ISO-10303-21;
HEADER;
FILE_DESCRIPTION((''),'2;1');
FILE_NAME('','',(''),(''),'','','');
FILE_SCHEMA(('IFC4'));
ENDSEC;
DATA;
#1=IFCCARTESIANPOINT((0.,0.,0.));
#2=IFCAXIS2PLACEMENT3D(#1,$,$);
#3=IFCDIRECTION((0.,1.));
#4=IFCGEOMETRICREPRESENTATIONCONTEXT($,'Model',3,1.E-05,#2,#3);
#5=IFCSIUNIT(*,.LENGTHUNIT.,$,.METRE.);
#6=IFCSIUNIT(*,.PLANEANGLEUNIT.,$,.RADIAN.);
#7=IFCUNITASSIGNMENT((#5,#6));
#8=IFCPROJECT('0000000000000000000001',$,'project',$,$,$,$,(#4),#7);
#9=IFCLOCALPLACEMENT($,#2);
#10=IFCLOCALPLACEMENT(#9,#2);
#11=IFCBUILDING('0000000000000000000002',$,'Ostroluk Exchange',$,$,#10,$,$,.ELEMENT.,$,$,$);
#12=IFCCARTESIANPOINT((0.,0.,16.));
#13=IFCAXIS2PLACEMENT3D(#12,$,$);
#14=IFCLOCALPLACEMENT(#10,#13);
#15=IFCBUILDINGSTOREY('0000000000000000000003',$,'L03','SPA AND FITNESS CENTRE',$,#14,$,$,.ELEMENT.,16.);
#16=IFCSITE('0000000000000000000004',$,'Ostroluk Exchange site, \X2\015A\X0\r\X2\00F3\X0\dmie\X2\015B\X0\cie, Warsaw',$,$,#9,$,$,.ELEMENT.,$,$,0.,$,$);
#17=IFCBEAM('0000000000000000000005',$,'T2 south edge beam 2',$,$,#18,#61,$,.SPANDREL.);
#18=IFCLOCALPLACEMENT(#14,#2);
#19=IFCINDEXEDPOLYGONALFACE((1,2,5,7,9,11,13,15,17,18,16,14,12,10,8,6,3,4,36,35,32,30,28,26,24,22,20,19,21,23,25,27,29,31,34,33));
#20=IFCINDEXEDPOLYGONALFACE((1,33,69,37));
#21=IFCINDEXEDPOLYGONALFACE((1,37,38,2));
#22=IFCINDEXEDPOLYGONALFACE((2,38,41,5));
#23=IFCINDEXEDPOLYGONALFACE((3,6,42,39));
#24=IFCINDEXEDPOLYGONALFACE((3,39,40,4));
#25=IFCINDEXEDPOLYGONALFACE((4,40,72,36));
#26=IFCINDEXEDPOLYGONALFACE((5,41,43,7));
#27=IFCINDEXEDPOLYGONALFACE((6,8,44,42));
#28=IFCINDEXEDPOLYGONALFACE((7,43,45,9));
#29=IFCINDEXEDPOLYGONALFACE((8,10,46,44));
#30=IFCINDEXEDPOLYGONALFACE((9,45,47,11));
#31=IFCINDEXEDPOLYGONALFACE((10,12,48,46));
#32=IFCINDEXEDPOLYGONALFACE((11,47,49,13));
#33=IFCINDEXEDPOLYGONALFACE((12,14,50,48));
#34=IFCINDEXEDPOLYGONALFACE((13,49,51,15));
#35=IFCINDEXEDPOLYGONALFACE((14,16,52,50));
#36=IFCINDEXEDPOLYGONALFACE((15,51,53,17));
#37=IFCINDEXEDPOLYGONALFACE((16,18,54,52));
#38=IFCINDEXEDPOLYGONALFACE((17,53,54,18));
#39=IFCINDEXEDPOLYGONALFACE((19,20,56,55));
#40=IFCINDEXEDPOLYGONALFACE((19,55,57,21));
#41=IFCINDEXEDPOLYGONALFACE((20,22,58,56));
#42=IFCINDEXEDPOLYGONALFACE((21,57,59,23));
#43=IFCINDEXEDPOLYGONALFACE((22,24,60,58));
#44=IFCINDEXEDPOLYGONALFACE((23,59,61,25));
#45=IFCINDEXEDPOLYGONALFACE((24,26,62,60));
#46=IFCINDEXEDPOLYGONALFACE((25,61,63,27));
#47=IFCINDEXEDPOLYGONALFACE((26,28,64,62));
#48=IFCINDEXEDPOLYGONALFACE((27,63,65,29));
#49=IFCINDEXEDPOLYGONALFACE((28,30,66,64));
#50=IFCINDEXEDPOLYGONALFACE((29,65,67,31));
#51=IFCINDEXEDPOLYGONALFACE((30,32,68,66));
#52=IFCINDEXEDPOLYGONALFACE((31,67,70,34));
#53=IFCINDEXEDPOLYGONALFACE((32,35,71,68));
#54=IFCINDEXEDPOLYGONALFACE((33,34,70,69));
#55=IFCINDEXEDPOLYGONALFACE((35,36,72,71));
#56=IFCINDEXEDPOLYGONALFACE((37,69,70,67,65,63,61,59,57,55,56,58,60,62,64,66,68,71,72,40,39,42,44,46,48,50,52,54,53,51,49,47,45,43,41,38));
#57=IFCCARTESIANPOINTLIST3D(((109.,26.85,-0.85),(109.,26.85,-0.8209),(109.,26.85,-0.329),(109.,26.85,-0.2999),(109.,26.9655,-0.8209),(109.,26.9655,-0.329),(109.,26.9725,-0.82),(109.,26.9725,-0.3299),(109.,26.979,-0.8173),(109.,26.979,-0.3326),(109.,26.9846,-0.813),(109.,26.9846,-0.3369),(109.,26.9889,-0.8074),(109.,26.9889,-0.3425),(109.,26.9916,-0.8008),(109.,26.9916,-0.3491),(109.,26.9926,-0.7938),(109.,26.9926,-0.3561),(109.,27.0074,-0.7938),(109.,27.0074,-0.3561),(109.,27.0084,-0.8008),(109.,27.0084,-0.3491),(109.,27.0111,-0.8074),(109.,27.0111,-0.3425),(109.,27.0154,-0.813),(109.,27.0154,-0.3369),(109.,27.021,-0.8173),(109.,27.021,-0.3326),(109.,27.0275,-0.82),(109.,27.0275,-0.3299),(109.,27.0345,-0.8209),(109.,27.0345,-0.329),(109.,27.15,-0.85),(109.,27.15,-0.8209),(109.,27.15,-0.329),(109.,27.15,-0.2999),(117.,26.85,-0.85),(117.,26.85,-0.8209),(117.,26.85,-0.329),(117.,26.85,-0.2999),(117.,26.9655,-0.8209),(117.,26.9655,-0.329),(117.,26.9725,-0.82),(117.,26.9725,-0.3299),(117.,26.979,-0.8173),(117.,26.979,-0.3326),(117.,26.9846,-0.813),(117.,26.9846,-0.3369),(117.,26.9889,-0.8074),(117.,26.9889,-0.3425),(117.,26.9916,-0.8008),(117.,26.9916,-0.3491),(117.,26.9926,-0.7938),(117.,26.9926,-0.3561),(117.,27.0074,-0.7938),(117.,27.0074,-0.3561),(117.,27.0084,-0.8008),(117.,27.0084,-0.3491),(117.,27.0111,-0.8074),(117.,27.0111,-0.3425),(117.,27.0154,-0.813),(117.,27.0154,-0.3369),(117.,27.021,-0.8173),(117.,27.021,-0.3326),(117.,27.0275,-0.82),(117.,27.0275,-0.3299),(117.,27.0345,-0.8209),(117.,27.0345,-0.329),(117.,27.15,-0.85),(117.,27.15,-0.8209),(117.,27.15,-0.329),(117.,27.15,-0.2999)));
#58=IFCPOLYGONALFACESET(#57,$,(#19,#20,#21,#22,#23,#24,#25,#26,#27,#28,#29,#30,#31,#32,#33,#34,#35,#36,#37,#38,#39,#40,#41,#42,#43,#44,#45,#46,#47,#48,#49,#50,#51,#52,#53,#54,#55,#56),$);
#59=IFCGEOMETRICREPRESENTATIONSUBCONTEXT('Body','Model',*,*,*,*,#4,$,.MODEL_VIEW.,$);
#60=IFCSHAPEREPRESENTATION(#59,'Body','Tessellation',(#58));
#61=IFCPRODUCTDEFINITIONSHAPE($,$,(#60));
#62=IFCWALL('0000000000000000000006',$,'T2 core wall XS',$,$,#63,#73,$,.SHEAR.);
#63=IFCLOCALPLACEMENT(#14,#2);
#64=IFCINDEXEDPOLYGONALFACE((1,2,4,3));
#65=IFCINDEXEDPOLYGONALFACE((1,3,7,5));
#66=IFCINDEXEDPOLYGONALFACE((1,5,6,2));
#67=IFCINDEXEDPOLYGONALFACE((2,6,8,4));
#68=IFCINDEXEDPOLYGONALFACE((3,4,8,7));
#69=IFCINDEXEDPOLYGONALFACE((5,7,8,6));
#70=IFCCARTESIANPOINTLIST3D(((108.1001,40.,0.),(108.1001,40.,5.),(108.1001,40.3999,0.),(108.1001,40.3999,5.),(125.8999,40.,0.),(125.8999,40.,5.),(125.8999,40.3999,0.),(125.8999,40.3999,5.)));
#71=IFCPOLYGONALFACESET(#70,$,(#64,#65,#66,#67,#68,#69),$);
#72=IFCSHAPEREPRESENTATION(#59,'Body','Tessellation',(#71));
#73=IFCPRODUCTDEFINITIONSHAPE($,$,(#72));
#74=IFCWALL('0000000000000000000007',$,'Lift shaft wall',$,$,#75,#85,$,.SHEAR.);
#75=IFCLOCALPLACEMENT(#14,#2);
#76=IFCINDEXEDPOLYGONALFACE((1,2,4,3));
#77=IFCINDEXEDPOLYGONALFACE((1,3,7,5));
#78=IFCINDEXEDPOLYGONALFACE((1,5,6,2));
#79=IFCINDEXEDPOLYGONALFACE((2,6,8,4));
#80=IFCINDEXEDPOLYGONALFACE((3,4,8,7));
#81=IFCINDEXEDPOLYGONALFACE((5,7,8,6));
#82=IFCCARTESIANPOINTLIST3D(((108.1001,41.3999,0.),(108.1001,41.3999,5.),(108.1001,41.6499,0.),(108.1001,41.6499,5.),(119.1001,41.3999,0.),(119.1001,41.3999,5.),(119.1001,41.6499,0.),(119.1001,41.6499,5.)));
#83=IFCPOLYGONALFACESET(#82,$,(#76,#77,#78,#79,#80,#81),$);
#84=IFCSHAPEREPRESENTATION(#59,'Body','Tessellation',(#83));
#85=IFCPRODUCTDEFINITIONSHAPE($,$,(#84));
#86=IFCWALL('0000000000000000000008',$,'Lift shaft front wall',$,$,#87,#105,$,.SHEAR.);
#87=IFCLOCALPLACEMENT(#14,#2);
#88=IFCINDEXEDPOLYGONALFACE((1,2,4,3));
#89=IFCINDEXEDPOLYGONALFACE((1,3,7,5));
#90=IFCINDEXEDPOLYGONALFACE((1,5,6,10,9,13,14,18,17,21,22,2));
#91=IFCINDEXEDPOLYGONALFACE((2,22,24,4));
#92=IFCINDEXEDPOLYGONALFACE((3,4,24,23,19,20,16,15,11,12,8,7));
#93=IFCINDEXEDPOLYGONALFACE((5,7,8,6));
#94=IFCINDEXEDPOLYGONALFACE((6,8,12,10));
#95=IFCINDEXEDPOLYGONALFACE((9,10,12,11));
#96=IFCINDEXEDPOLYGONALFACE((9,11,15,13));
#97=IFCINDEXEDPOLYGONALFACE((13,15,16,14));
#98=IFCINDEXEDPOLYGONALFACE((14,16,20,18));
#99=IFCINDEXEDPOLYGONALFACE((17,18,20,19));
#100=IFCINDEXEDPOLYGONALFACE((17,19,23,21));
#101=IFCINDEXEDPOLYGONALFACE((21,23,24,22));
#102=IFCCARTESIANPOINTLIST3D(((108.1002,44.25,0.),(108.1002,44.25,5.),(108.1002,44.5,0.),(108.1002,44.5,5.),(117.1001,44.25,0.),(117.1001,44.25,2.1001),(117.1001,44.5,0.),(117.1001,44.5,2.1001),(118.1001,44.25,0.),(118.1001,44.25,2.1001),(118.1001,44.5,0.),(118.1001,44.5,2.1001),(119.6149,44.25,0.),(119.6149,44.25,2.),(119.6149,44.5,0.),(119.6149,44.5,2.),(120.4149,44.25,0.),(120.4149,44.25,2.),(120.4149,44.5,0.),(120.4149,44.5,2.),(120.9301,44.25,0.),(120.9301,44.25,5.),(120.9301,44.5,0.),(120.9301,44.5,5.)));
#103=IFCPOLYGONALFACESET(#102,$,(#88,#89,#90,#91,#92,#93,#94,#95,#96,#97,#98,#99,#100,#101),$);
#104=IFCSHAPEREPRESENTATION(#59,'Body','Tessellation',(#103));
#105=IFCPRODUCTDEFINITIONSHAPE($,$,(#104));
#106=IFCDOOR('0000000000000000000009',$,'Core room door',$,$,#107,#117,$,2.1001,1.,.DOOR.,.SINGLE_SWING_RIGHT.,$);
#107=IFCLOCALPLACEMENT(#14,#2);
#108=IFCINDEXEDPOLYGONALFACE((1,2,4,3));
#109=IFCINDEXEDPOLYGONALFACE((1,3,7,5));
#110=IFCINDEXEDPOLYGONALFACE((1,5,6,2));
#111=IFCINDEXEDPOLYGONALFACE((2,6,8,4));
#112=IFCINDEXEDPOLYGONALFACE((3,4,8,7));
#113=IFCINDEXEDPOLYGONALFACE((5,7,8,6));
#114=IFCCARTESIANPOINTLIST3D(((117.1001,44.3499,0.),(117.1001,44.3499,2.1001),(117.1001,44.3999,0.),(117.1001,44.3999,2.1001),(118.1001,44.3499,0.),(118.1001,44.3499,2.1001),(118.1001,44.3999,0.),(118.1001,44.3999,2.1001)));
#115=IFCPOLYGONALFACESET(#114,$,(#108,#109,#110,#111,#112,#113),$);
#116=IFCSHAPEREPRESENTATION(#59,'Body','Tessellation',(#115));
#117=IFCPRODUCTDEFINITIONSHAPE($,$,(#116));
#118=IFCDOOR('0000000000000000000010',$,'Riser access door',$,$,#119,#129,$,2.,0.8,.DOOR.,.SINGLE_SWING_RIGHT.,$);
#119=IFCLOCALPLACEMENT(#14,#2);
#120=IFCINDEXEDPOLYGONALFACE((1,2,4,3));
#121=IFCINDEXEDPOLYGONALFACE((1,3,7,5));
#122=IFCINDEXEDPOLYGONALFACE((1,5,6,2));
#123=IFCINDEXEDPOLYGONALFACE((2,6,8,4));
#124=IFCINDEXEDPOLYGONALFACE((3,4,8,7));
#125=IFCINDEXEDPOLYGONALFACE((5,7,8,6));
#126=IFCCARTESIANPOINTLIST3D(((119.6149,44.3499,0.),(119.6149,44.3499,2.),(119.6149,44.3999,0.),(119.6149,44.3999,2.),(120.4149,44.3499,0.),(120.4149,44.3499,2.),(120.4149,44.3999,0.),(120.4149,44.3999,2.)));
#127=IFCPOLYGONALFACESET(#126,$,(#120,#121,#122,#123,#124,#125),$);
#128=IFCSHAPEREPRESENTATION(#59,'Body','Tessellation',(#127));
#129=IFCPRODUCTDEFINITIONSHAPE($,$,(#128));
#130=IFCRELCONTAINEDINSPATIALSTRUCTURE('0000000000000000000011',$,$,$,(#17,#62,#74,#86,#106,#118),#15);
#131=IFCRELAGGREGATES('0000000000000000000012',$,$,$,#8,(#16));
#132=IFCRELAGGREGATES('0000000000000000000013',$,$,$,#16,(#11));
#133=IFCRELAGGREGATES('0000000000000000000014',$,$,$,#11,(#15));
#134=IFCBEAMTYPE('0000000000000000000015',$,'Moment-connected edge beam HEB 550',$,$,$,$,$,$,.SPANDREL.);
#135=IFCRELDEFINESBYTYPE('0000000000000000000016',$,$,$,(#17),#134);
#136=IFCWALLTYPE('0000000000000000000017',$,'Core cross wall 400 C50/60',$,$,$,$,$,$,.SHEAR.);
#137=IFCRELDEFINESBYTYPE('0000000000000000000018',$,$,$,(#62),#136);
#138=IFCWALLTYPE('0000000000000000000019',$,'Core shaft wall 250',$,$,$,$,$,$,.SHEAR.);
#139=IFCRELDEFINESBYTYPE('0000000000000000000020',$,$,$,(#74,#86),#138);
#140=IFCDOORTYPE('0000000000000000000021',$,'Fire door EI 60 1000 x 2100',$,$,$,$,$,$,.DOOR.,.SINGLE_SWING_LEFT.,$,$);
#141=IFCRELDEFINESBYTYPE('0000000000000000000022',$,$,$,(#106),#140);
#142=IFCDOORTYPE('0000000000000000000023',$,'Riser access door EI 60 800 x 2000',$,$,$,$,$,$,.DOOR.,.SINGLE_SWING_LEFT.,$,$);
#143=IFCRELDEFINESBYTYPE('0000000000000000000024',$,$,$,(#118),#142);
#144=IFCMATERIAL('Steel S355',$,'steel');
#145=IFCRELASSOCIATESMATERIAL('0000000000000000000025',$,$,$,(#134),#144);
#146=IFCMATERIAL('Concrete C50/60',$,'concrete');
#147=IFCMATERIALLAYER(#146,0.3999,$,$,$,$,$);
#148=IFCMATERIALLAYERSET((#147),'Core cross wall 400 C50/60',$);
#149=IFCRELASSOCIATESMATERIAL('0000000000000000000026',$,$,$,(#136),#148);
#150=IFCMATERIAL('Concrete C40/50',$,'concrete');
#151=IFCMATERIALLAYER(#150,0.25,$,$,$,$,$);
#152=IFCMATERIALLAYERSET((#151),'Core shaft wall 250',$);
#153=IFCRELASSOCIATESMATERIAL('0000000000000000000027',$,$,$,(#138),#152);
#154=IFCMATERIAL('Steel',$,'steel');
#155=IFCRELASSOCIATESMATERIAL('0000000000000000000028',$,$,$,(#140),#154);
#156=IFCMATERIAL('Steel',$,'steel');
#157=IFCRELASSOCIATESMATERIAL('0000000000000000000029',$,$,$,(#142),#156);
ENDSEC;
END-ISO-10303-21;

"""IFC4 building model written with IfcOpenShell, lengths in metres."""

from ifc_helpers import new_model, si_unit, direction, frame, frame_2d, origin, origin_2d, place, context, subcontext, project, spatial, rectangle, i_section, extrude, material, layer, layer_set, material_profile, profile_set, type_object, element, fill, save


model = new_model("IFC4")

# Units and contexts
model_context = context("Model", 3, precision=1e-05, world=origin(), true_north=direction((0.0, 1.0)))
body_context = subcontext(model_context, "Body", "Model", "MODEL_VIEW")
ifc_project = project(units=[si_unit("LENGTHUNIT", "METRE"), si_unit("PLANEANGLEUNIT", "RADIAN")], contexts=[model_context])

# Site, building, storey
site_placement = place(None, origin())
site = spatial("IfcSite", under=ifc_project, at=site_placement, Name="Ostroluk Exchange site, Śródmieście, Warsaw", CompositionType="ELEMENT", RefElevation=0.0)
building_placement = place(site_placement, origin())
building = spatial("IfcBuilding", under=site, at=building_placement, Name="Ostroluk Exchange", CompositionType="ELEMENT")
storey_placement = place(building_placement, frame((0.0, 0.0, 16.0)))
storey = spatial("IfcBuildingStorey", under=building, at=storey_placement, Name="L03", Description="SPA AND FITNESS CENTRE", CompositionType="ELEMENT", Elevation=16.0)

# Beam
ifc_material_1 = material(Name="Steel S355", Category="steel")
ifc_material_profile_1 = material_profile(ifc_material_1, i_section(OverallWidth=0.3, OverallDepth=0.55, WebThickness=0.0149, FlangeThickness=0.0291, FilletRadius=0.0271, at=origin_2d()), Name="HEB 550")
ifc_profile_set_1 = profile_set([ifc_material_profile_1], Name="Steel S355")
beam_type_1 = type_object("IfcBeamType", Name="Moment-connected edge beam HEB 550", PredefinedType="SPANDREL", material=ifc_profile_set_1)
for number, where, z_axis, x_axis, name in (
    (1, (109.0, 27.0, -0.575), (1.0, 0.0, 0.0), (0.0, 1.0, 0.0), "T2 south edge beam 2"),
):
    element("IfcBeam", number, at=place(storey_placement, frame(where, z_axis=z_axis, x_axis=x_axis)), inside=storey, type_object=beam_type_1, Name=name, PredefinedType="SPANDREL", context=body_context, shape_type="SweptSolid", body=[
        extrude(i_section(OverallWidth=0.3, OverallDepth=0.55, WebThickness=0.0149, FlangeThickness=0.0291, FilletRadius=0.0271, at=origin_2d()), origin(), (0.0, 0.0, 1.0), 8.0),
    ])

# Walls
ifc_material_2 = material(Name="Concrete C50/60", Category="concrete")
ifc_layer_1 = layer(ifc_material_2, 0.3999)
ifc_layer_set_1 = layer_set([ifc_layer_1], Name="Core cross wall 400 C50/60")
wall_type_1 = type_object("IfcWallType", Name="Core cross wall 400 C50/60", PredefinedType="SHEAR", material=ifc_layer_set_1)
wall_1_placement = place(storey_placement, frame((108.1001, 40.2, 0.0), z_axis=(0.0, 0.0, 1.0), x_axis=(1.0, 0.0, 0.0)))
element("IfcWall", 2, at=wall_1_placement, inside=storey, type_object=wall_type_1, Name="T2 core wall XS", PredefinedType="SHEAR", context=body_context, shape_type="SweptSolid", body=[
    extrude(rectangle(XDim=17.7998, YDim=0.3999, at=frame_2d((8.8999, 0.0))), origin(), (0.0, 0.0, 1.0), 5.0),
])
ifc_material_3 = material(Name="Concrete C40/50", Category="concrete")
ifc_layer_2 = layer(ifc_material_3, 0.25)
ifc_layer_set_2 = layer_set([ifc_layer_2], Name="Core shaft wall 250")
wall_type_2 = type_object("IfcWallType", Name="Core shaft wall 250", PredefinedType="SHEAR", material=ifc_layer_set_2)
wall_2_placement = place(storey_placement, frame((108.1001, 41.5249, 0.0), z_axis=(0.0, 0.0, 1.0), x_axis=(1.0, 0.0, 0.0)))
element("IfcWall", 3, at=wall_2_placement, inside=storey, type_object=wall_type_2, Name="Lift shaft wall", PredefinedType="SHEAR", context=body_context, shape_type="SweptSolid", body=[
    extrude(rectangle(XDim=11.0, YDim=0.25, at=frame_2d((5.5, 0.0))), origin(), (0.0, 0.0, 1.0), 5.0),
])

# Wall, openings, doors
wall_3_placement = place(storey_placement, frame((108.1001, 44.375, 0.0), z_axis=(0.0, 0.0, 1.0), x_axis=(1.0, 0.0, 0.0)))
wall_3 = element("IfcWall", 4, at=wall_3_placement, inside=storey, type_object=wall_type_2, Name="Lift shaft front wall", PredefinedType="SHEAR", context=body_context, shape_type="SweptSolid", body=[
    extrude(rectangle(XDim=12.8298, YDim=0.25, at=frame_2d((6.415, 0.0))), origin(), (0.0, 0.0, 1.0), 5.0),
])
opening_1_placement = place(wall_3_placement, frame((9.0, 0.0, 0.0)))
opening_1 = element("IfcOpeningElement", 5, at=opening_1_placement, cuts=wall_3, PredefinedType="OPENING", context=body_context, shape_type="SweptSolid", body=[
    extrude(rectangle(XDim=1.0, YDim=2.1001, at=frame_2d((0.5, 1.05))), frame((0.0, 0.135, 0.0), z_axis=(0.0, -1.0, 0.0), x_axis=(1.0, 0.0, 0.0)), (0.0, 0.0, 1.0), 0.27),
])
opening_2_placement = place(wall_3_placement, frame((11.5149, 0.0, 0.0)))
opening_2 = element("IfcOpeningElement", 6, at=opening_2_placement, cuts=wall_3, PredefinedType="OPENING", context=body_context, shape_type="SweptSolid", body=[
    extrude(rectangle(XDim=0.8, YDim=2.0, at=frame_2d((0.3999, 1.0))), frame((0.0, 0.135, 0.0), z_axis=(0.0, -1.0, 0.0), x_axis=(1.0, 0.0, 0.0)), (0.0, 0.0, 1.0), 0.27),
])
ifc_material_4 = material(Name="Steel", Category="steel")
door_type_1 = type_object("IfcDoorType", Name="Fire door EI 60 1000 x 2100", OperationType="SINGLE_SWING_LEFT", PredefinedType="DOOR", material=ifc_material_4)
door_1_placement = place(opening_1_placement, origin())
door_1 = element("IfcDoor", 7, at=door_1_placement, inside=storey, type_object=door_type_1, Name="Core room door", OperationType="SINGLE_SWING_RIGHT", OverallHeight=2.1001, OverallWidth=1.0, PredefinedType="DOOR", context=body_context, shape_type="SweptSolid", body=[
    extrude(rectangle(XDim=1.0, YDim=2.1001, at=frame_2d((0.5, 1.05))), frame((0.0, 0.0249, 0.0), z_axis=(0.0, -1.0, 0.0), x_axis=(1.0, 0.0, 0.0)), (0.0, 0.0, 1.0), 0.05),
])
fill(opening_1, door_1)
ifc_material_5 = material(Name="Steel", Category="steel")
door_type_2 = type_object("IfcDoorType", Name="Riser access door EI 60 800 x 2000", OperationType="SINGLE_SWING_LEFT", PredefinedType="DOOR", material=ifc_material_5)
door_2_placement = place(opening_2_placement, origin())
door_2 = element("IfcDoor", 8, at=door_2_placement, inside=storey, type_object=door_type_2, Name="Riser access door", OperationType="SINGLE_SWING_RIGHT", OverallHeight=2.0, OverallWidth=0.8, PredefinedType="DOOR", context=body_context, shape_type="SweptSolid", body=[
    extrude(rectangle(XDim=0.8, YDim=2.0, at=frame_2d((0.3999, 1.0))), frame((0.0, 0.0249, 0.0), z_axis=(0.0, -1.0, 0.0), x_axis=(1.0, 0.0, 0.0)), (0.0, 0.0, 1.0), 0.05),
])
fill(opening_2, door_2)

save(model, "model.ifc")
